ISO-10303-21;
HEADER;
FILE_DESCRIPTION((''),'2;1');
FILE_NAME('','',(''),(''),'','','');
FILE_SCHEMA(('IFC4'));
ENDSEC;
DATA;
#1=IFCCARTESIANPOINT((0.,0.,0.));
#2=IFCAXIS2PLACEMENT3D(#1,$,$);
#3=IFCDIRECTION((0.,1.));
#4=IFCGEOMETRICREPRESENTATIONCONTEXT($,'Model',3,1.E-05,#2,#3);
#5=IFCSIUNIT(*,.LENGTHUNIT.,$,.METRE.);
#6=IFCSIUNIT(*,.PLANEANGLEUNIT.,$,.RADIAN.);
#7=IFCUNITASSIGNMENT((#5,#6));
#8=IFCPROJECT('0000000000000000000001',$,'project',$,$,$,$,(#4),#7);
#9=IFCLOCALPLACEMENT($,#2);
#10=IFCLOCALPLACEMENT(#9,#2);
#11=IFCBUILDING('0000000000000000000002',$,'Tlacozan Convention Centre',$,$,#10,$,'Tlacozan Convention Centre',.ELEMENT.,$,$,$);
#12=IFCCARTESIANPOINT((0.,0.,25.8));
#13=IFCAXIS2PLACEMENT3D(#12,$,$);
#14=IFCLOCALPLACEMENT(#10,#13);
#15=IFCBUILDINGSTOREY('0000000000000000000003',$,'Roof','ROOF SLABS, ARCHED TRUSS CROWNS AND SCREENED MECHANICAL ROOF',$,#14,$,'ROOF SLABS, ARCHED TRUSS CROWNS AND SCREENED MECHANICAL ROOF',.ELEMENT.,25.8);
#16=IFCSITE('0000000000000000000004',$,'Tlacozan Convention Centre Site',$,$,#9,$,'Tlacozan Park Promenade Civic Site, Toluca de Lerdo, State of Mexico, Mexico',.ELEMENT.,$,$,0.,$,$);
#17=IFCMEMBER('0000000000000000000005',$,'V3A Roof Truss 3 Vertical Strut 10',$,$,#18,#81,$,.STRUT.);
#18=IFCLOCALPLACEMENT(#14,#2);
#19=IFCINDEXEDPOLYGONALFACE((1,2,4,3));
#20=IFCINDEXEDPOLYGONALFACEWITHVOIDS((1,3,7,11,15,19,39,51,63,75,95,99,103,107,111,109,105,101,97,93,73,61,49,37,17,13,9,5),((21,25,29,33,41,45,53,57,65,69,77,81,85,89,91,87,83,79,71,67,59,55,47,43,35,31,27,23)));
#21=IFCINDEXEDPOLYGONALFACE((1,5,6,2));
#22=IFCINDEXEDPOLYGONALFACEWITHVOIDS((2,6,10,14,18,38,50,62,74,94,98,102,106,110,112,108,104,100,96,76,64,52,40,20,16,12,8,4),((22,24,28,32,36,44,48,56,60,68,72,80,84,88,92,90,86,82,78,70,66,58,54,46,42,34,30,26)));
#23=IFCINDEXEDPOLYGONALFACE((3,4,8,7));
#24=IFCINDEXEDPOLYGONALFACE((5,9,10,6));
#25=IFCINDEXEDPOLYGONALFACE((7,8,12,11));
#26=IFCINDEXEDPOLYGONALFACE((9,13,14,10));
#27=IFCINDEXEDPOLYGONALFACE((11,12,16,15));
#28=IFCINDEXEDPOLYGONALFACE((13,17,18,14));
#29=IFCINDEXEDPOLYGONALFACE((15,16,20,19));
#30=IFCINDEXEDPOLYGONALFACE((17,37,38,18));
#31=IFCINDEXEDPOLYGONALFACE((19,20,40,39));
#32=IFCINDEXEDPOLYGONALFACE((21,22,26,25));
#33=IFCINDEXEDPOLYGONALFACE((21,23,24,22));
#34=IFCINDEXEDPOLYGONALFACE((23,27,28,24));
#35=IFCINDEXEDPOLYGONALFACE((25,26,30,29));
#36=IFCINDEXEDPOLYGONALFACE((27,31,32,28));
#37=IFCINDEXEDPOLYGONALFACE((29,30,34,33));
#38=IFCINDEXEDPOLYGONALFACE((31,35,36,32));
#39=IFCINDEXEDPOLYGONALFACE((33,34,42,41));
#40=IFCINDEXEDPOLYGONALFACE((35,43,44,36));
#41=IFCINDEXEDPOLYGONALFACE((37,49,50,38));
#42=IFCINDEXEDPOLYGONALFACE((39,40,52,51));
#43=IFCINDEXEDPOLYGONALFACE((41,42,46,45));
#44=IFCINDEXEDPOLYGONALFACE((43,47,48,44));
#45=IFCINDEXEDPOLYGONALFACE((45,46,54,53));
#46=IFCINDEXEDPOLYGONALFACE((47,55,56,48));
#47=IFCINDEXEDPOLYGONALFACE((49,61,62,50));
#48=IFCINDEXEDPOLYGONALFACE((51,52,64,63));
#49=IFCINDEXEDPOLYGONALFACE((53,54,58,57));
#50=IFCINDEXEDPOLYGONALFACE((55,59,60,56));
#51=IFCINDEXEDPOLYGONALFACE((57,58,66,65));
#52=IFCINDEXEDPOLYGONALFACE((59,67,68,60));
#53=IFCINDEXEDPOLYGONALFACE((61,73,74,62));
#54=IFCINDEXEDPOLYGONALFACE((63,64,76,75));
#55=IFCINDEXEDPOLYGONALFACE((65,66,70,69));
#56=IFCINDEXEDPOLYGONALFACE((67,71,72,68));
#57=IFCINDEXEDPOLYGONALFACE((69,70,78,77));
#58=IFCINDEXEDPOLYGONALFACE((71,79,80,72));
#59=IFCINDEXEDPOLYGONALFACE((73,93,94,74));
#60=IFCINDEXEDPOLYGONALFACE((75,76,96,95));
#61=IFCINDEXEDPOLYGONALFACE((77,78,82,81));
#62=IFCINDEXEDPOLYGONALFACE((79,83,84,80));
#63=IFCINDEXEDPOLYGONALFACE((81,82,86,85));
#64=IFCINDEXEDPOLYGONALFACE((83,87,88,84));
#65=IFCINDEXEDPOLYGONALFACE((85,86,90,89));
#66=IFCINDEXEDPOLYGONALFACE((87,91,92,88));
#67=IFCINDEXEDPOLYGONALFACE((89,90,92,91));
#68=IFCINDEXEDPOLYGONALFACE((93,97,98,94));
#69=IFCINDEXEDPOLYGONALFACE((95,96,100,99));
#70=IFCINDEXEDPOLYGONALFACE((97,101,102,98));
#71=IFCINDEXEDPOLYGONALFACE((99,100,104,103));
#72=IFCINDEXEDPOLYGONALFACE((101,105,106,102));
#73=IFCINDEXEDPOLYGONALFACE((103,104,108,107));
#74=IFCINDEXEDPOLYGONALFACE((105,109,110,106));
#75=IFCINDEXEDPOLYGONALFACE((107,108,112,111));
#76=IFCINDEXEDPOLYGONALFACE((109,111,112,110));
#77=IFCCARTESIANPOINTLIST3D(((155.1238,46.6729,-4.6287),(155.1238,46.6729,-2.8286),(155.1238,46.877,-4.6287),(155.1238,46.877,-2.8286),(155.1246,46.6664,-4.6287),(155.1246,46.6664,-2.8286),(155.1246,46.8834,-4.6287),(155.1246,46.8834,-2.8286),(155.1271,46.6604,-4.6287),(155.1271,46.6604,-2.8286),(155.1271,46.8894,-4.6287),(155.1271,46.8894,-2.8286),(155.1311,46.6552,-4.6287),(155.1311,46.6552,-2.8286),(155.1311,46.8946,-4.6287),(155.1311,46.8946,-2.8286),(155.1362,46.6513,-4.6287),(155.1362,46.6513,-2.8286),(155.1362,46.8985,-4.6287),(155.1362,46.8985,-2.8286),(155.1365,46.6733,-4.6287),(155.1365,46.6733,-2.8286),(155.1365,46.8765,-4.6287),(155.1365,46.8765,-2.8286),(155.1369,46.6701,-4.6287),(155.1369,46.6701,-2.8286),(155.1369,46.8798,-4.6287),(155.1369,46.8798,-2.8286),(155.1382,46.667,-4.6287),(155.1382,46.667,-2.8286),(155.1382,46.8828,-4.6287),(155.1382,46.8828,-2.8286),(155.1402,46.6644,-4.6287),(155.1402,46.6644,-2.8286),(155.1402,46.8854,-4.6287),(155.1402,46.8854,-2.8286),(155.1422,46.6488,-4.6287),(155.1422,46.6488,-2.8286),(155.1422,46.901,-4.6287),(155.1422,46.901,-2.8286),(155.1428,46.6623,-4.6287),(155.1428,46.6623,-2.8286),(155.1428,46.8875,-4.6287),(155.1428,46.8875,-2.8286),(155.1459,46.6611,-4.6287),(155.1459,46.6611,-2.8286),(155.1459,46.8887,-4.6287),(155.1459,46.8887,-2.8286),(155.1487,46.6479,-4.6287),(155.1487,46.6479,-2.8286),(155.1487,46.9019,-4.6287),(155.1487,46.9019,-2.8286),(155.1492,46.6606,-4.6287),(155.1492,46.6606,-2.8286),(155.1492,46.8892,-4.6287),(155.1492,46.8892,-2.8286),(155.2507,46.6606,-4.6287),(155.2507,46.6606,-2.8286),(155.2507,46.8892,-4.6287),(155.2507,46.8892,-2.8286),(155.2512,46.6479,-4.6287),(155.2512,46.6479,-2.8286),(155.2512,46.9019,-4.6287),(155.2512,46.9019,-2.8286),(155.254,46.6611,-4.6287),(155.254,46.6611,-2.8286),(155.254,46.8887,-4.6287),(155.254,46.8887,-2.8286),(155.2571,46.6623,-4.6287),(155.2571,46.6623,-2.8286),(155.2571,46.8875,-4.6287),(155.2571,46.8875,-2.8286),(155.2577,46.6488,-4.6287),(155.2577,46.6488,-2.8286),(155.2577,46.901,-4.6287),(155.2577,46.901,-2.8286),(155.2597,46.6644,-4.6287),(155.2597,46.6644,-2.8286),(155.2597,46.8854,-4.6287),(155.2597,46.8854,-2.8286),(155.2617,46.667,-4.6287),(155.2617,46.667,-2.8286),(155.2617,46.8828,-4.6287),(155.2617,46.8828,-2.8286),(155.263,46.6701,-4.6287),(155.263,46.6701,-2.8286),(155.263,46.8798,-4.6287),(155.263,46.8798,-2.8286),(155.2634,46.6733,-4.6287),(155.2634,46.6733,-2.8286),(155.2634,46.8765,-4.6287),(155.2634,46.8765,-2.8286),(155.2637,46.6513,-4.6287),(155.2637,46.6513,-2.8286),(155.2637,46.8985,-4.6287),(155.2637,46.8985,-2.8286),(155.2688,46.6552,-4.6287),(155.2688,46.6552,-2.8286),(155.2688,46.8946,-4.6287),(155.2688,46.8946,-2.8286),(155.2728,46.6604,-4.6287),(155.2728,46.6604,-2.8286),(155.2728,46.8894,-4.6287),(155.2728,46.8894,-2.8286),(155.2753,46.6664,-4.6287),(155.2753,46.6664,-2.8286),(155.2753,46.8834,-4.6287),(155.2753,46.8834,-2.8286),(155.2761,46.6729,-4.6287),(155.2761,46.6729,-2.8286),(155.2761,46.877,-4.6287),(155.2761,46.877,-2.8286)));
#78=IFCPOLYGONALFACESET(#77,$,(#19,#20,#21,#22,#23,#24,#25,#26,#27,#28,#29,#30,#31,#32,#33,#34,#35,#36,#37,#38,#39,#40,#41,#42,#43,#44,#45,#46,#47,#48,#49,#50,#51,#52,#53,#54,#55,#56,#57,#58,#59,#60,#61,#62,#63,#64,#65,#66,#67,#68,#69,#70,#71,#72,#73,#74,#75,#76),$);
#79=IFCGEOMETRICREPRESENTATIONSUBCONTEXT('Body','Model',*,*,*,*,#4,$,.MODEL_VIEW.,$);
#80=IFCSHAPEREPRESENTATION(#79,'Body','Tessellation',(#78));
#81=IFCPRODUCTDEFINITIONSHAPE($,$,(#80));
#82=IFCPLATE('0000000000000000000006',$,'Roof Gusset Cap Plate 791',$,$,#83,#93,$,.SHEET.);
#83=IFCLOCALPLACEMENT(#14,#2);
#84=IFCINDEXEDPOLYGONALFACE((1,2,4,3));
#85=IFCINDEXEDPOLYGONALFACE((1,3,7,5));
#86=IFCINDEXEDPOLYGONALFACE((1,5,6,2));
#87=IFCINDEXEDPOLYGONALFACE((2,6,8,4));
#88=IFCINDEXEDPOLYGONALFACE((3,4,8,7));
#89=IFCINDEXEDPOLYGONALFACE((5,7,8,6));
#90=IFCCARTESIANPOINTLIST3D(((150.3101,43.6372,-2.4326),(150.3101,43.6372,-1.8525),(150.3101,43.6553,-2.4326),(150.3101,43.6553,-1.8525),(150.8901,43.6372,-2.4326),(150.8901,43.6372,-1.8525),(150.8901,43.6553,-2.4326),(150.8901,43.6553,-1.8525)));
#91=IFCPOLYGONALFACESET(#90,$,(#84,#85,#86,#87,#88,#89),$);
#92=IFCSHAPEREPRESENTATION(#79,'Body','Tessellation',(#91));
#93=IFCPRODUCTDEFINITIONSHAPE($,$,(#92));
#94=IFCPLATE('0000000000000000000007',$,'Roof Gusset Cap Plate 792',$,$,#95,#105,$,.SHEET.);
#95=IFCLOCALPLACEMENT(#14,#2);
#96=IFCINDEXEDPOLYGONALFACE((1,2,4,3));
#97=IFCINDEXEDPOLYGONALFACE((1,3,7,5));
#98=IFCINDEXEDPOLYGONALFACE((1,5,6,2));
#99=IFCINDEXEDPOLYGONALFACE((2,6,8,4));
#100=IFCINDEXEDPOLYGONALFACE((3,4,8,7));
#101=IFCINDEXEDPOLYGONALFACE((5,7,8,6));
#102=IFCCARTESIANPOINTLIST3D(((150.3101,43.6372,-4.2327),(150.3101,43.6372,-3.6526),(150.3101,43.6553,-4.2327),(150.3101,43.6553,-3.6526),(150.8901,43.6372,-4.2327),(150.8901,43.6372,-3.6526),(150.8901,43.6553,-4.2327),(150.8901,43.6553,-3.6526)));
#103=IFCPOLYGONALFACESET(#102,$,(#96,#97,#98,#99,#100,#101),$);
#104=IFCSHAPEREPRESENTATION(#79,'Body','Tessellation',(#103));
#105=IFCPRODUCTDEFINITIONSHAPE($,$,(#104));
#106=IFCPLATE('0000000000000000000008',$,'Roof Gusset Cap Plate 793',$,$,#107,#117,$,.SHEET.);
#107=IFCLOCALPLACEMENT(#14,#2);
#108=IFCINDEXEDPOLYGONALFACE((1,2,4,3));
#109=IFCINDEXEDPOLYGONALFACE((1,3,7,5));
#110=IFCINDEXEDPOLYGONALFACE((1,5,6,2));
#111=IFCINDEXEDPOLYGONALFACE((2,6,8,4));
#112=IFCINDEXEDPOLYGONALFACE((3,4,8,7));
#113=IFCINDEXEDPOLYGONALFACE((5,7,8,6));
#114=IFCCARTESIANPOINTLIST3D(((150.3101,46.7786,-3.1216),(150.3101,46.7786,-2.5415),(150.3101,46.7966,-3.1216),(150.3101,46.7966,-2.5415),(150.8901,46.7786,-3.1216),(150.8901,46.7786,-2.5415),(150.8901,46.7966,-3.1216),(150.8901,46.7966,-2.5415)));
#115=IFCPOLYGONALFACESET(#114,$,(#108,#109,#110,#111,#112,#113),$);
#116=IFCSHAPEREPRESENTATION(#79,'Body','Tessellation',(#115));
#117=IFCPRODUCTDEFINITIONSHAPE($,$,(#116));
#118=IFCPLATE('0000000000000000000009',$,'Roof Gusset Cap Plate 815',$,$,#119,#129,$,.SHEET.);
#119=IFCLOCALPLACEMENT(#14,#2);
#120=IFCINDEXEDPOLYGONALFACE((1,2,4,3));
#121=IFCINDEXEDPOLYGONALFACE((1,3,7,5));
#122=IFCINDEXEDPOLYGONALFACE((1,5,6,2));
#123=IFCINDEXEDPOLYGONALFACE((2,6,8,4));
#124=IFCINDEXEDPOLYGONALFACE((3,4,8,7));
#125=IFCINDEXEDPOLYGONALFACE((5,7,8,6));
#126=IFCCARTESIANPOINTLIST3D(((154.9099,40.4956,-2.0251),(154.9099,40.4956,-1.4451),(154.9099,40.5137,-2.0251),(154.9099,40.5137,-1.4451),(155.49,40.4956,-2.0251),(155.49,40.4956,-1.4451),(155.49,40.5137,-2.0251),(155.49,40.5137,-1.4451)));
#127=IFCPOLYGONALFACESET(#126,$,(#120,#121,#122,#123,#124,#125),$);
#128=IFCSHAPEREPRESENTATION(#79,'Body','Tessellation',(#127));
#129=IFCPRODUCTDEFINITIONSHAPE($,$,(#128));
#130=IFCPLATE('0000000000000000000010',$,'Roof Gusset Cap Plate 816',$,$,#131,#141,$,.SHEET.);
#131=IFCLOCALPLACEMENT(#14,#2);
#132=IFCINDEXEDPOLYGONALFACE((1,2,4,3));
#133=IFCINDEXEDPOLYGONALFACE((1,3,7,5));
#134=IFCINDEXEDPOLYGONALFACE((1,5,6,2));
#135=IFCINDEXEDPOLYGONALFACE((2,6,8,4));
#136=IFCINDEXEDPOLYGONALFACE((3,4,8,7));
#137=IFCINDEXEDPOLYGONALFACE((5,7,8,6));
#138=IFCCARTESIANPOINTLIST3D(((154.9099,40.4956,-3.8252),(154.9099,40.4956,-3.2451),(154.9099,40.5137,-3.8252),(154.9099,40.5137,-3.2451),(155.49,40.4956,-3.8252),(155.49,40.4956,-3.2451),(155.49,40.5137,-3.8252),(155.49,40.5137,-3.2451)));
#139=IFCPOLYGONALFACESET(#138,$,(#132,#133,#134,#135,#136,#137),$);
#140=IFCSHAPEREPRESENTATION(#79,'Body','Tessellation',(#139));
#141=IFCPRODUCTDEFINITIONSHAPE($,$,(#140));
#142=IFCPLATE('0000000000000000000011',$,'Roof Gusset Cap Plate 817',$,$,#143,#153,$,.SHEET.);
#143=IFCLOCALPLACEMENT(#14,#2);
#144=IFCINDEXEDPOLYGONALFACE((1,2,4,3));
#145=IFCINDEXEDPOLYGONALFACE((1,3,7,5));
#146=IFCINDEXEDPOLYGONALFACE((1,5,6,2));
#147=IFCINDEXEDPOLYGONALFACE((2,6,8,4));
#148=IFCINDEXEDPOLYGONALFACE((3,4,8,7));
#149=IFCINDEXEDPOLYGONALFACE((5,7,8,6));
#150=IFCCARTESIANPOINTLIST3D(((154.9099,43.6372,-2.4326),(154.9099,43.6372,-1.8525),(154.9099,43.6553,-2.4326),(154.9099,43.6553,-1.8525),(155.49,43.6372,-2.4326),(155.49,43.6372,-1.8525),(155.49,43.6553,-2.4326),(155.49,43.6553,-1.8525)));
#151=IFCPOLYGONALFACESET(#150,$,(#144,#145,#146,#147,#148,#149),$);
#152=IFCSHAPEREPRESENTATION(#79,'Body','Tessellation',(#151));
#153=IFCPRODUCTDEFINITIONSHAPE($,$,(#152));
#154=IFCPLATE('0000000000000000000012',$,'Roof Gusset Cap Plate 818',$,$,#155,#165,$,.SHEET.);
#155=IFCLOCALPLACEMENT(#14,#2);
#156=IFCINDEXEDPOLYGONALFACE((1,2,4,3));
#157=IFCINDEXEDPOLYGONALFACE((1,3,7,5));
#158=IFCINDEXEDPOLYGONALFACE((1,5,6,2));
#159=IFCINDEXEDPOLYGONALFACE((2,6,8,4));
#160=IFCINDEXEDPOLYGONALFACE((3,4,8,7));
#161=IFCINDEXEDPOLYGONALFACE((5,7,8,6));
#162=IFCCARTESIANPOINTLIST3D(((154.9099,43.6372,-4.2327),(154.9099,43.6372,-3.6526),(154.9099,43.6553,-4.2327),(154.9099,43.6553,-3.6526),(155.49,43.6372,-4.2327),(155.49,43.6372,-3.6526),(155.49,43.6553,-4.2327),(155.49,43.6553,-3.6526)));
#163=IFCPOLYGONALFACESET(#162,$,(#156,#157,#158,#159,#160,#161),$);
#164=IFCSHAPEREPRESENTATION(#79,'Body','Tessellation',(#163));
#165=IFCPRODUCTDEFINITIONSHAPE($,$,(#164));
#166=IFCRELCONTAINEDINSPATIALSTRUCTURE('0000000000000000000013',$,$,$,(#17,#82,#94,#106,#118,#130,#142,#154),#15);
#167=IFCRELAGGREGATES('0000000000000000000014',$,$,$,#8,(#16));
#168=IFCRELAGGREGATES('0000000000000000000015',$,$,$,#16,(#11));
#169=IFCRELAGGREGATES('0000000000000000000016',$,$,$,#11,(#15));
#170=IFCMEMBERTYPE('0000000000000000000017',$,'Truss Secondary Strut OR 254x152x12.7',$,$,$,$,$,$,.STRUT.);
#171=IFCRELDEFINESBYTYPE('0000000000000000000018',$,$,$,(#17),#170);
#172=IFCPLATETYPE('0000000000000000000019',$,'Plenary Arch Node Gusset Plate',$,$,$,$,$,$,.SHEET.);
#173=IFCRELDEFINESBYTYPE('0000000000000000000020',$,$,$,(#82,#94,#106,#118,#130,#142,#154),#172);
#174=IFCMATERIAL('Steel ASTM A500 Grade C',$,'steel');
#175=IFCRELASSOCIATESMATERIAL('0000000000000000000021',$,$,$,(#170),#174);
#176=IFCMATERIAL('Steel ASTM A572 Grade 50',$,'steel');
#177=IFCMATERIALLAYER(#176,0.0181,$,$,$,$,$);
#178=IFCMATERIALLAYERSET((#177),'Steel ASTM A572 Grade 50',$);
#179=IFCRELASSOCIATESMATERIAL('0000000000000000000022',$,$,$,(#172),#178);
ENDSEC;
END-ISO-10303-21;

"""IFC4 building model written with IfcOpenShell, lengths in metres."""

from ifc_helpers import new_model, si_unit, direction, frame, origin, origin_2d, place, context, subcontext, project, spatial, rectangle, hollow_rectangle, extrude, material, layer, layer_set, material_profile, profile_set, type_object, element, save


model = new_model("IFC4")

# Units and contexts
model_context = context("Model", 3, precision=1e-05, world=origin(), true_north=direction((0.0, 1.0)))
body_context = subcontext(model_context, "Body", "Model", "MODEL_VIEW")
ifc_project = project(units=[si_unit("LENGTHUNIT", "METRE"), si_unit("PLANEANGLEUNIT", "RADIAN")], contexts=[model_context])

# Site, building, storey
site_placement = place(None, origin())
site = spatial("IfcSite", under=ifc_project, at=site_placement, Name="Tlacozan Convention Centre Site", LongName="Tlacozan Park Promenade Civic Site, Toluca de Lerdo, State of Mexico, Mexico", CompositionType="ELEMENT", RefElevation=0.0)
building_placement = place(site_placement, origin())
building = spatial("IfcBuilding", under=site, at=building_placement, Name="Tlacozan Convention Centre", LongName="Tlacozan Convention Centre", CompositionType="ELEMENT")
storey_placement = place(building_placement, frame((0.0, 0.0, 25.8)))
storey = spatial("IfcBuildingStorey", under=building, at=storey_placement, Name="Roof", Description="ROOF SLABS, ARCHED TRUSS CROWNS AND SCREENED MECHANICAL ROOF", LongName="ROOF SLABS, ARCHED TRUSS CROWNS AND SCREENED MECHANICAL ROOF", CompositionType="ELEMENT", Elevation=25.8)

# Member
ifc_material_1 = material(Name="Steel ASTM A500 Grade C", Category="steel")
ifc_material_profile_1 = material_profile(ifc_material_1, hollow_rectangle(XDim=0.1523, YDim=0.2539, WallThickness=0.0127, InnerFilletRadius=0.0127, OuterFilletRadius=0.0249, at=origin_2d()), Name="OR 254x152x12.7")
ifc_profile_set_1 = profile_set([ifc_material_profile_1], Name="Steel ASTM A500 Grade C")
member_type_1 = type_object("IfcMemberType", Name="Truss Secondary Strut OR 254x152x12.7", PredefinedType="STRUT", material=ifc_profile_set_1)
for number, where, z_axis, x_axis, name in (
    (1, (155.2, 46.7749, -4.6287), (0.0, 0.0, 1.0), (1.0, 0.0, 0.0), "V3A Roof Truss 3 Vertical Strut 10"),
):
    element("IfcMember", number, at=place(storey_placement, frame(where, z_axis=z_axis, x_axis=x_axis)), inside=storey, type_object=member_type_1, Name=name, PredefinedType="STRUT", context=body_context, shape_type="SweptSolid", body=[
        extrude(hollow_rectangle(XDim=0.1523, YDim=0.2539, WallThickness=0.0127, InnerFilletRadius=0.0127, OuterFilletRadius=0.0249, at=origin_2d()), origin(), (0.0, 0.0, 1.0), 1.8),
    ])

# Plates
ifc_material_2 = material(Name="Steel ASTM A572 Grade 50", Category="steel")
ifc_layer = layer(ifc_material_2, 0.0181)
ifc_layer_set = layer_set([ifc_layer], Name="Steel ASTM A572 Grade 50")
plate_type = type_object("IfcPlateType", Name="Plenary Arch Node Gusset Plate", PredefinedType="SHEET", material=ifc_layer_set)
for number, where, z_axis, x_axis, name in (
    (2, (150.6001, 43.6462, -2.4326), (0.0, 0.0, 1.0), (0.0, 1.0, 0.0), "Roof Gusset Cap Plate 791"),
    (3, (150.6001, 43.6462, -4.2327), (0.0, 0.0, 1.0), (0.0, 1.0, 0.0), "Roof Gusset Cap Plate 792"),
    (4, (150.6001, 46.7876, -3.1216), (0.0, 0.0, 1.0), (0.0, 1.0, 0.0), "Roof Gusset Cap Plate 793"),
    (5, (155.2, 40.5046, -2.0251), (0.0, 0.0, 1.0), (0.0, 1.0, 0.0), "Roof Gusset Cap Plate 815"),
    (6, (155.2, 40.5046, -3.8252), (0.0, 0.0, 1.0), (0.0, 1.0, 0.0), "Roof Gusset Cap Plate 816"),
    (7, (155.2, 43.6462, -2.4326), (0.0, 0.0, 1.0), (0.0, 1.0, 0.0), "Roof Gusset Cap Plate 817"),
    (8, (155.2, 43.6462, -4.2327), (0.0, 0.0, 1.0), (0.0, 1.0, 0.0), "Roof Gusset Cap Plate 818"),
):
    element("IfcPlate", number, at=place(storey_placement, frame(where, z_axis=z_axis, x_axis=x_axis)), inside=storey, type_object=plate_type, Name=name, PredefinedType="SHEET", context=body_context, shape_type="SweptSolid", body=[
        extrude(rectangle(XDim=0.0181, YDim=0.5801, at=origin_2d()), origin(), (0.0, 0.0, 1.0), 0.5801),
    ])

save(model, "model.ifc")
